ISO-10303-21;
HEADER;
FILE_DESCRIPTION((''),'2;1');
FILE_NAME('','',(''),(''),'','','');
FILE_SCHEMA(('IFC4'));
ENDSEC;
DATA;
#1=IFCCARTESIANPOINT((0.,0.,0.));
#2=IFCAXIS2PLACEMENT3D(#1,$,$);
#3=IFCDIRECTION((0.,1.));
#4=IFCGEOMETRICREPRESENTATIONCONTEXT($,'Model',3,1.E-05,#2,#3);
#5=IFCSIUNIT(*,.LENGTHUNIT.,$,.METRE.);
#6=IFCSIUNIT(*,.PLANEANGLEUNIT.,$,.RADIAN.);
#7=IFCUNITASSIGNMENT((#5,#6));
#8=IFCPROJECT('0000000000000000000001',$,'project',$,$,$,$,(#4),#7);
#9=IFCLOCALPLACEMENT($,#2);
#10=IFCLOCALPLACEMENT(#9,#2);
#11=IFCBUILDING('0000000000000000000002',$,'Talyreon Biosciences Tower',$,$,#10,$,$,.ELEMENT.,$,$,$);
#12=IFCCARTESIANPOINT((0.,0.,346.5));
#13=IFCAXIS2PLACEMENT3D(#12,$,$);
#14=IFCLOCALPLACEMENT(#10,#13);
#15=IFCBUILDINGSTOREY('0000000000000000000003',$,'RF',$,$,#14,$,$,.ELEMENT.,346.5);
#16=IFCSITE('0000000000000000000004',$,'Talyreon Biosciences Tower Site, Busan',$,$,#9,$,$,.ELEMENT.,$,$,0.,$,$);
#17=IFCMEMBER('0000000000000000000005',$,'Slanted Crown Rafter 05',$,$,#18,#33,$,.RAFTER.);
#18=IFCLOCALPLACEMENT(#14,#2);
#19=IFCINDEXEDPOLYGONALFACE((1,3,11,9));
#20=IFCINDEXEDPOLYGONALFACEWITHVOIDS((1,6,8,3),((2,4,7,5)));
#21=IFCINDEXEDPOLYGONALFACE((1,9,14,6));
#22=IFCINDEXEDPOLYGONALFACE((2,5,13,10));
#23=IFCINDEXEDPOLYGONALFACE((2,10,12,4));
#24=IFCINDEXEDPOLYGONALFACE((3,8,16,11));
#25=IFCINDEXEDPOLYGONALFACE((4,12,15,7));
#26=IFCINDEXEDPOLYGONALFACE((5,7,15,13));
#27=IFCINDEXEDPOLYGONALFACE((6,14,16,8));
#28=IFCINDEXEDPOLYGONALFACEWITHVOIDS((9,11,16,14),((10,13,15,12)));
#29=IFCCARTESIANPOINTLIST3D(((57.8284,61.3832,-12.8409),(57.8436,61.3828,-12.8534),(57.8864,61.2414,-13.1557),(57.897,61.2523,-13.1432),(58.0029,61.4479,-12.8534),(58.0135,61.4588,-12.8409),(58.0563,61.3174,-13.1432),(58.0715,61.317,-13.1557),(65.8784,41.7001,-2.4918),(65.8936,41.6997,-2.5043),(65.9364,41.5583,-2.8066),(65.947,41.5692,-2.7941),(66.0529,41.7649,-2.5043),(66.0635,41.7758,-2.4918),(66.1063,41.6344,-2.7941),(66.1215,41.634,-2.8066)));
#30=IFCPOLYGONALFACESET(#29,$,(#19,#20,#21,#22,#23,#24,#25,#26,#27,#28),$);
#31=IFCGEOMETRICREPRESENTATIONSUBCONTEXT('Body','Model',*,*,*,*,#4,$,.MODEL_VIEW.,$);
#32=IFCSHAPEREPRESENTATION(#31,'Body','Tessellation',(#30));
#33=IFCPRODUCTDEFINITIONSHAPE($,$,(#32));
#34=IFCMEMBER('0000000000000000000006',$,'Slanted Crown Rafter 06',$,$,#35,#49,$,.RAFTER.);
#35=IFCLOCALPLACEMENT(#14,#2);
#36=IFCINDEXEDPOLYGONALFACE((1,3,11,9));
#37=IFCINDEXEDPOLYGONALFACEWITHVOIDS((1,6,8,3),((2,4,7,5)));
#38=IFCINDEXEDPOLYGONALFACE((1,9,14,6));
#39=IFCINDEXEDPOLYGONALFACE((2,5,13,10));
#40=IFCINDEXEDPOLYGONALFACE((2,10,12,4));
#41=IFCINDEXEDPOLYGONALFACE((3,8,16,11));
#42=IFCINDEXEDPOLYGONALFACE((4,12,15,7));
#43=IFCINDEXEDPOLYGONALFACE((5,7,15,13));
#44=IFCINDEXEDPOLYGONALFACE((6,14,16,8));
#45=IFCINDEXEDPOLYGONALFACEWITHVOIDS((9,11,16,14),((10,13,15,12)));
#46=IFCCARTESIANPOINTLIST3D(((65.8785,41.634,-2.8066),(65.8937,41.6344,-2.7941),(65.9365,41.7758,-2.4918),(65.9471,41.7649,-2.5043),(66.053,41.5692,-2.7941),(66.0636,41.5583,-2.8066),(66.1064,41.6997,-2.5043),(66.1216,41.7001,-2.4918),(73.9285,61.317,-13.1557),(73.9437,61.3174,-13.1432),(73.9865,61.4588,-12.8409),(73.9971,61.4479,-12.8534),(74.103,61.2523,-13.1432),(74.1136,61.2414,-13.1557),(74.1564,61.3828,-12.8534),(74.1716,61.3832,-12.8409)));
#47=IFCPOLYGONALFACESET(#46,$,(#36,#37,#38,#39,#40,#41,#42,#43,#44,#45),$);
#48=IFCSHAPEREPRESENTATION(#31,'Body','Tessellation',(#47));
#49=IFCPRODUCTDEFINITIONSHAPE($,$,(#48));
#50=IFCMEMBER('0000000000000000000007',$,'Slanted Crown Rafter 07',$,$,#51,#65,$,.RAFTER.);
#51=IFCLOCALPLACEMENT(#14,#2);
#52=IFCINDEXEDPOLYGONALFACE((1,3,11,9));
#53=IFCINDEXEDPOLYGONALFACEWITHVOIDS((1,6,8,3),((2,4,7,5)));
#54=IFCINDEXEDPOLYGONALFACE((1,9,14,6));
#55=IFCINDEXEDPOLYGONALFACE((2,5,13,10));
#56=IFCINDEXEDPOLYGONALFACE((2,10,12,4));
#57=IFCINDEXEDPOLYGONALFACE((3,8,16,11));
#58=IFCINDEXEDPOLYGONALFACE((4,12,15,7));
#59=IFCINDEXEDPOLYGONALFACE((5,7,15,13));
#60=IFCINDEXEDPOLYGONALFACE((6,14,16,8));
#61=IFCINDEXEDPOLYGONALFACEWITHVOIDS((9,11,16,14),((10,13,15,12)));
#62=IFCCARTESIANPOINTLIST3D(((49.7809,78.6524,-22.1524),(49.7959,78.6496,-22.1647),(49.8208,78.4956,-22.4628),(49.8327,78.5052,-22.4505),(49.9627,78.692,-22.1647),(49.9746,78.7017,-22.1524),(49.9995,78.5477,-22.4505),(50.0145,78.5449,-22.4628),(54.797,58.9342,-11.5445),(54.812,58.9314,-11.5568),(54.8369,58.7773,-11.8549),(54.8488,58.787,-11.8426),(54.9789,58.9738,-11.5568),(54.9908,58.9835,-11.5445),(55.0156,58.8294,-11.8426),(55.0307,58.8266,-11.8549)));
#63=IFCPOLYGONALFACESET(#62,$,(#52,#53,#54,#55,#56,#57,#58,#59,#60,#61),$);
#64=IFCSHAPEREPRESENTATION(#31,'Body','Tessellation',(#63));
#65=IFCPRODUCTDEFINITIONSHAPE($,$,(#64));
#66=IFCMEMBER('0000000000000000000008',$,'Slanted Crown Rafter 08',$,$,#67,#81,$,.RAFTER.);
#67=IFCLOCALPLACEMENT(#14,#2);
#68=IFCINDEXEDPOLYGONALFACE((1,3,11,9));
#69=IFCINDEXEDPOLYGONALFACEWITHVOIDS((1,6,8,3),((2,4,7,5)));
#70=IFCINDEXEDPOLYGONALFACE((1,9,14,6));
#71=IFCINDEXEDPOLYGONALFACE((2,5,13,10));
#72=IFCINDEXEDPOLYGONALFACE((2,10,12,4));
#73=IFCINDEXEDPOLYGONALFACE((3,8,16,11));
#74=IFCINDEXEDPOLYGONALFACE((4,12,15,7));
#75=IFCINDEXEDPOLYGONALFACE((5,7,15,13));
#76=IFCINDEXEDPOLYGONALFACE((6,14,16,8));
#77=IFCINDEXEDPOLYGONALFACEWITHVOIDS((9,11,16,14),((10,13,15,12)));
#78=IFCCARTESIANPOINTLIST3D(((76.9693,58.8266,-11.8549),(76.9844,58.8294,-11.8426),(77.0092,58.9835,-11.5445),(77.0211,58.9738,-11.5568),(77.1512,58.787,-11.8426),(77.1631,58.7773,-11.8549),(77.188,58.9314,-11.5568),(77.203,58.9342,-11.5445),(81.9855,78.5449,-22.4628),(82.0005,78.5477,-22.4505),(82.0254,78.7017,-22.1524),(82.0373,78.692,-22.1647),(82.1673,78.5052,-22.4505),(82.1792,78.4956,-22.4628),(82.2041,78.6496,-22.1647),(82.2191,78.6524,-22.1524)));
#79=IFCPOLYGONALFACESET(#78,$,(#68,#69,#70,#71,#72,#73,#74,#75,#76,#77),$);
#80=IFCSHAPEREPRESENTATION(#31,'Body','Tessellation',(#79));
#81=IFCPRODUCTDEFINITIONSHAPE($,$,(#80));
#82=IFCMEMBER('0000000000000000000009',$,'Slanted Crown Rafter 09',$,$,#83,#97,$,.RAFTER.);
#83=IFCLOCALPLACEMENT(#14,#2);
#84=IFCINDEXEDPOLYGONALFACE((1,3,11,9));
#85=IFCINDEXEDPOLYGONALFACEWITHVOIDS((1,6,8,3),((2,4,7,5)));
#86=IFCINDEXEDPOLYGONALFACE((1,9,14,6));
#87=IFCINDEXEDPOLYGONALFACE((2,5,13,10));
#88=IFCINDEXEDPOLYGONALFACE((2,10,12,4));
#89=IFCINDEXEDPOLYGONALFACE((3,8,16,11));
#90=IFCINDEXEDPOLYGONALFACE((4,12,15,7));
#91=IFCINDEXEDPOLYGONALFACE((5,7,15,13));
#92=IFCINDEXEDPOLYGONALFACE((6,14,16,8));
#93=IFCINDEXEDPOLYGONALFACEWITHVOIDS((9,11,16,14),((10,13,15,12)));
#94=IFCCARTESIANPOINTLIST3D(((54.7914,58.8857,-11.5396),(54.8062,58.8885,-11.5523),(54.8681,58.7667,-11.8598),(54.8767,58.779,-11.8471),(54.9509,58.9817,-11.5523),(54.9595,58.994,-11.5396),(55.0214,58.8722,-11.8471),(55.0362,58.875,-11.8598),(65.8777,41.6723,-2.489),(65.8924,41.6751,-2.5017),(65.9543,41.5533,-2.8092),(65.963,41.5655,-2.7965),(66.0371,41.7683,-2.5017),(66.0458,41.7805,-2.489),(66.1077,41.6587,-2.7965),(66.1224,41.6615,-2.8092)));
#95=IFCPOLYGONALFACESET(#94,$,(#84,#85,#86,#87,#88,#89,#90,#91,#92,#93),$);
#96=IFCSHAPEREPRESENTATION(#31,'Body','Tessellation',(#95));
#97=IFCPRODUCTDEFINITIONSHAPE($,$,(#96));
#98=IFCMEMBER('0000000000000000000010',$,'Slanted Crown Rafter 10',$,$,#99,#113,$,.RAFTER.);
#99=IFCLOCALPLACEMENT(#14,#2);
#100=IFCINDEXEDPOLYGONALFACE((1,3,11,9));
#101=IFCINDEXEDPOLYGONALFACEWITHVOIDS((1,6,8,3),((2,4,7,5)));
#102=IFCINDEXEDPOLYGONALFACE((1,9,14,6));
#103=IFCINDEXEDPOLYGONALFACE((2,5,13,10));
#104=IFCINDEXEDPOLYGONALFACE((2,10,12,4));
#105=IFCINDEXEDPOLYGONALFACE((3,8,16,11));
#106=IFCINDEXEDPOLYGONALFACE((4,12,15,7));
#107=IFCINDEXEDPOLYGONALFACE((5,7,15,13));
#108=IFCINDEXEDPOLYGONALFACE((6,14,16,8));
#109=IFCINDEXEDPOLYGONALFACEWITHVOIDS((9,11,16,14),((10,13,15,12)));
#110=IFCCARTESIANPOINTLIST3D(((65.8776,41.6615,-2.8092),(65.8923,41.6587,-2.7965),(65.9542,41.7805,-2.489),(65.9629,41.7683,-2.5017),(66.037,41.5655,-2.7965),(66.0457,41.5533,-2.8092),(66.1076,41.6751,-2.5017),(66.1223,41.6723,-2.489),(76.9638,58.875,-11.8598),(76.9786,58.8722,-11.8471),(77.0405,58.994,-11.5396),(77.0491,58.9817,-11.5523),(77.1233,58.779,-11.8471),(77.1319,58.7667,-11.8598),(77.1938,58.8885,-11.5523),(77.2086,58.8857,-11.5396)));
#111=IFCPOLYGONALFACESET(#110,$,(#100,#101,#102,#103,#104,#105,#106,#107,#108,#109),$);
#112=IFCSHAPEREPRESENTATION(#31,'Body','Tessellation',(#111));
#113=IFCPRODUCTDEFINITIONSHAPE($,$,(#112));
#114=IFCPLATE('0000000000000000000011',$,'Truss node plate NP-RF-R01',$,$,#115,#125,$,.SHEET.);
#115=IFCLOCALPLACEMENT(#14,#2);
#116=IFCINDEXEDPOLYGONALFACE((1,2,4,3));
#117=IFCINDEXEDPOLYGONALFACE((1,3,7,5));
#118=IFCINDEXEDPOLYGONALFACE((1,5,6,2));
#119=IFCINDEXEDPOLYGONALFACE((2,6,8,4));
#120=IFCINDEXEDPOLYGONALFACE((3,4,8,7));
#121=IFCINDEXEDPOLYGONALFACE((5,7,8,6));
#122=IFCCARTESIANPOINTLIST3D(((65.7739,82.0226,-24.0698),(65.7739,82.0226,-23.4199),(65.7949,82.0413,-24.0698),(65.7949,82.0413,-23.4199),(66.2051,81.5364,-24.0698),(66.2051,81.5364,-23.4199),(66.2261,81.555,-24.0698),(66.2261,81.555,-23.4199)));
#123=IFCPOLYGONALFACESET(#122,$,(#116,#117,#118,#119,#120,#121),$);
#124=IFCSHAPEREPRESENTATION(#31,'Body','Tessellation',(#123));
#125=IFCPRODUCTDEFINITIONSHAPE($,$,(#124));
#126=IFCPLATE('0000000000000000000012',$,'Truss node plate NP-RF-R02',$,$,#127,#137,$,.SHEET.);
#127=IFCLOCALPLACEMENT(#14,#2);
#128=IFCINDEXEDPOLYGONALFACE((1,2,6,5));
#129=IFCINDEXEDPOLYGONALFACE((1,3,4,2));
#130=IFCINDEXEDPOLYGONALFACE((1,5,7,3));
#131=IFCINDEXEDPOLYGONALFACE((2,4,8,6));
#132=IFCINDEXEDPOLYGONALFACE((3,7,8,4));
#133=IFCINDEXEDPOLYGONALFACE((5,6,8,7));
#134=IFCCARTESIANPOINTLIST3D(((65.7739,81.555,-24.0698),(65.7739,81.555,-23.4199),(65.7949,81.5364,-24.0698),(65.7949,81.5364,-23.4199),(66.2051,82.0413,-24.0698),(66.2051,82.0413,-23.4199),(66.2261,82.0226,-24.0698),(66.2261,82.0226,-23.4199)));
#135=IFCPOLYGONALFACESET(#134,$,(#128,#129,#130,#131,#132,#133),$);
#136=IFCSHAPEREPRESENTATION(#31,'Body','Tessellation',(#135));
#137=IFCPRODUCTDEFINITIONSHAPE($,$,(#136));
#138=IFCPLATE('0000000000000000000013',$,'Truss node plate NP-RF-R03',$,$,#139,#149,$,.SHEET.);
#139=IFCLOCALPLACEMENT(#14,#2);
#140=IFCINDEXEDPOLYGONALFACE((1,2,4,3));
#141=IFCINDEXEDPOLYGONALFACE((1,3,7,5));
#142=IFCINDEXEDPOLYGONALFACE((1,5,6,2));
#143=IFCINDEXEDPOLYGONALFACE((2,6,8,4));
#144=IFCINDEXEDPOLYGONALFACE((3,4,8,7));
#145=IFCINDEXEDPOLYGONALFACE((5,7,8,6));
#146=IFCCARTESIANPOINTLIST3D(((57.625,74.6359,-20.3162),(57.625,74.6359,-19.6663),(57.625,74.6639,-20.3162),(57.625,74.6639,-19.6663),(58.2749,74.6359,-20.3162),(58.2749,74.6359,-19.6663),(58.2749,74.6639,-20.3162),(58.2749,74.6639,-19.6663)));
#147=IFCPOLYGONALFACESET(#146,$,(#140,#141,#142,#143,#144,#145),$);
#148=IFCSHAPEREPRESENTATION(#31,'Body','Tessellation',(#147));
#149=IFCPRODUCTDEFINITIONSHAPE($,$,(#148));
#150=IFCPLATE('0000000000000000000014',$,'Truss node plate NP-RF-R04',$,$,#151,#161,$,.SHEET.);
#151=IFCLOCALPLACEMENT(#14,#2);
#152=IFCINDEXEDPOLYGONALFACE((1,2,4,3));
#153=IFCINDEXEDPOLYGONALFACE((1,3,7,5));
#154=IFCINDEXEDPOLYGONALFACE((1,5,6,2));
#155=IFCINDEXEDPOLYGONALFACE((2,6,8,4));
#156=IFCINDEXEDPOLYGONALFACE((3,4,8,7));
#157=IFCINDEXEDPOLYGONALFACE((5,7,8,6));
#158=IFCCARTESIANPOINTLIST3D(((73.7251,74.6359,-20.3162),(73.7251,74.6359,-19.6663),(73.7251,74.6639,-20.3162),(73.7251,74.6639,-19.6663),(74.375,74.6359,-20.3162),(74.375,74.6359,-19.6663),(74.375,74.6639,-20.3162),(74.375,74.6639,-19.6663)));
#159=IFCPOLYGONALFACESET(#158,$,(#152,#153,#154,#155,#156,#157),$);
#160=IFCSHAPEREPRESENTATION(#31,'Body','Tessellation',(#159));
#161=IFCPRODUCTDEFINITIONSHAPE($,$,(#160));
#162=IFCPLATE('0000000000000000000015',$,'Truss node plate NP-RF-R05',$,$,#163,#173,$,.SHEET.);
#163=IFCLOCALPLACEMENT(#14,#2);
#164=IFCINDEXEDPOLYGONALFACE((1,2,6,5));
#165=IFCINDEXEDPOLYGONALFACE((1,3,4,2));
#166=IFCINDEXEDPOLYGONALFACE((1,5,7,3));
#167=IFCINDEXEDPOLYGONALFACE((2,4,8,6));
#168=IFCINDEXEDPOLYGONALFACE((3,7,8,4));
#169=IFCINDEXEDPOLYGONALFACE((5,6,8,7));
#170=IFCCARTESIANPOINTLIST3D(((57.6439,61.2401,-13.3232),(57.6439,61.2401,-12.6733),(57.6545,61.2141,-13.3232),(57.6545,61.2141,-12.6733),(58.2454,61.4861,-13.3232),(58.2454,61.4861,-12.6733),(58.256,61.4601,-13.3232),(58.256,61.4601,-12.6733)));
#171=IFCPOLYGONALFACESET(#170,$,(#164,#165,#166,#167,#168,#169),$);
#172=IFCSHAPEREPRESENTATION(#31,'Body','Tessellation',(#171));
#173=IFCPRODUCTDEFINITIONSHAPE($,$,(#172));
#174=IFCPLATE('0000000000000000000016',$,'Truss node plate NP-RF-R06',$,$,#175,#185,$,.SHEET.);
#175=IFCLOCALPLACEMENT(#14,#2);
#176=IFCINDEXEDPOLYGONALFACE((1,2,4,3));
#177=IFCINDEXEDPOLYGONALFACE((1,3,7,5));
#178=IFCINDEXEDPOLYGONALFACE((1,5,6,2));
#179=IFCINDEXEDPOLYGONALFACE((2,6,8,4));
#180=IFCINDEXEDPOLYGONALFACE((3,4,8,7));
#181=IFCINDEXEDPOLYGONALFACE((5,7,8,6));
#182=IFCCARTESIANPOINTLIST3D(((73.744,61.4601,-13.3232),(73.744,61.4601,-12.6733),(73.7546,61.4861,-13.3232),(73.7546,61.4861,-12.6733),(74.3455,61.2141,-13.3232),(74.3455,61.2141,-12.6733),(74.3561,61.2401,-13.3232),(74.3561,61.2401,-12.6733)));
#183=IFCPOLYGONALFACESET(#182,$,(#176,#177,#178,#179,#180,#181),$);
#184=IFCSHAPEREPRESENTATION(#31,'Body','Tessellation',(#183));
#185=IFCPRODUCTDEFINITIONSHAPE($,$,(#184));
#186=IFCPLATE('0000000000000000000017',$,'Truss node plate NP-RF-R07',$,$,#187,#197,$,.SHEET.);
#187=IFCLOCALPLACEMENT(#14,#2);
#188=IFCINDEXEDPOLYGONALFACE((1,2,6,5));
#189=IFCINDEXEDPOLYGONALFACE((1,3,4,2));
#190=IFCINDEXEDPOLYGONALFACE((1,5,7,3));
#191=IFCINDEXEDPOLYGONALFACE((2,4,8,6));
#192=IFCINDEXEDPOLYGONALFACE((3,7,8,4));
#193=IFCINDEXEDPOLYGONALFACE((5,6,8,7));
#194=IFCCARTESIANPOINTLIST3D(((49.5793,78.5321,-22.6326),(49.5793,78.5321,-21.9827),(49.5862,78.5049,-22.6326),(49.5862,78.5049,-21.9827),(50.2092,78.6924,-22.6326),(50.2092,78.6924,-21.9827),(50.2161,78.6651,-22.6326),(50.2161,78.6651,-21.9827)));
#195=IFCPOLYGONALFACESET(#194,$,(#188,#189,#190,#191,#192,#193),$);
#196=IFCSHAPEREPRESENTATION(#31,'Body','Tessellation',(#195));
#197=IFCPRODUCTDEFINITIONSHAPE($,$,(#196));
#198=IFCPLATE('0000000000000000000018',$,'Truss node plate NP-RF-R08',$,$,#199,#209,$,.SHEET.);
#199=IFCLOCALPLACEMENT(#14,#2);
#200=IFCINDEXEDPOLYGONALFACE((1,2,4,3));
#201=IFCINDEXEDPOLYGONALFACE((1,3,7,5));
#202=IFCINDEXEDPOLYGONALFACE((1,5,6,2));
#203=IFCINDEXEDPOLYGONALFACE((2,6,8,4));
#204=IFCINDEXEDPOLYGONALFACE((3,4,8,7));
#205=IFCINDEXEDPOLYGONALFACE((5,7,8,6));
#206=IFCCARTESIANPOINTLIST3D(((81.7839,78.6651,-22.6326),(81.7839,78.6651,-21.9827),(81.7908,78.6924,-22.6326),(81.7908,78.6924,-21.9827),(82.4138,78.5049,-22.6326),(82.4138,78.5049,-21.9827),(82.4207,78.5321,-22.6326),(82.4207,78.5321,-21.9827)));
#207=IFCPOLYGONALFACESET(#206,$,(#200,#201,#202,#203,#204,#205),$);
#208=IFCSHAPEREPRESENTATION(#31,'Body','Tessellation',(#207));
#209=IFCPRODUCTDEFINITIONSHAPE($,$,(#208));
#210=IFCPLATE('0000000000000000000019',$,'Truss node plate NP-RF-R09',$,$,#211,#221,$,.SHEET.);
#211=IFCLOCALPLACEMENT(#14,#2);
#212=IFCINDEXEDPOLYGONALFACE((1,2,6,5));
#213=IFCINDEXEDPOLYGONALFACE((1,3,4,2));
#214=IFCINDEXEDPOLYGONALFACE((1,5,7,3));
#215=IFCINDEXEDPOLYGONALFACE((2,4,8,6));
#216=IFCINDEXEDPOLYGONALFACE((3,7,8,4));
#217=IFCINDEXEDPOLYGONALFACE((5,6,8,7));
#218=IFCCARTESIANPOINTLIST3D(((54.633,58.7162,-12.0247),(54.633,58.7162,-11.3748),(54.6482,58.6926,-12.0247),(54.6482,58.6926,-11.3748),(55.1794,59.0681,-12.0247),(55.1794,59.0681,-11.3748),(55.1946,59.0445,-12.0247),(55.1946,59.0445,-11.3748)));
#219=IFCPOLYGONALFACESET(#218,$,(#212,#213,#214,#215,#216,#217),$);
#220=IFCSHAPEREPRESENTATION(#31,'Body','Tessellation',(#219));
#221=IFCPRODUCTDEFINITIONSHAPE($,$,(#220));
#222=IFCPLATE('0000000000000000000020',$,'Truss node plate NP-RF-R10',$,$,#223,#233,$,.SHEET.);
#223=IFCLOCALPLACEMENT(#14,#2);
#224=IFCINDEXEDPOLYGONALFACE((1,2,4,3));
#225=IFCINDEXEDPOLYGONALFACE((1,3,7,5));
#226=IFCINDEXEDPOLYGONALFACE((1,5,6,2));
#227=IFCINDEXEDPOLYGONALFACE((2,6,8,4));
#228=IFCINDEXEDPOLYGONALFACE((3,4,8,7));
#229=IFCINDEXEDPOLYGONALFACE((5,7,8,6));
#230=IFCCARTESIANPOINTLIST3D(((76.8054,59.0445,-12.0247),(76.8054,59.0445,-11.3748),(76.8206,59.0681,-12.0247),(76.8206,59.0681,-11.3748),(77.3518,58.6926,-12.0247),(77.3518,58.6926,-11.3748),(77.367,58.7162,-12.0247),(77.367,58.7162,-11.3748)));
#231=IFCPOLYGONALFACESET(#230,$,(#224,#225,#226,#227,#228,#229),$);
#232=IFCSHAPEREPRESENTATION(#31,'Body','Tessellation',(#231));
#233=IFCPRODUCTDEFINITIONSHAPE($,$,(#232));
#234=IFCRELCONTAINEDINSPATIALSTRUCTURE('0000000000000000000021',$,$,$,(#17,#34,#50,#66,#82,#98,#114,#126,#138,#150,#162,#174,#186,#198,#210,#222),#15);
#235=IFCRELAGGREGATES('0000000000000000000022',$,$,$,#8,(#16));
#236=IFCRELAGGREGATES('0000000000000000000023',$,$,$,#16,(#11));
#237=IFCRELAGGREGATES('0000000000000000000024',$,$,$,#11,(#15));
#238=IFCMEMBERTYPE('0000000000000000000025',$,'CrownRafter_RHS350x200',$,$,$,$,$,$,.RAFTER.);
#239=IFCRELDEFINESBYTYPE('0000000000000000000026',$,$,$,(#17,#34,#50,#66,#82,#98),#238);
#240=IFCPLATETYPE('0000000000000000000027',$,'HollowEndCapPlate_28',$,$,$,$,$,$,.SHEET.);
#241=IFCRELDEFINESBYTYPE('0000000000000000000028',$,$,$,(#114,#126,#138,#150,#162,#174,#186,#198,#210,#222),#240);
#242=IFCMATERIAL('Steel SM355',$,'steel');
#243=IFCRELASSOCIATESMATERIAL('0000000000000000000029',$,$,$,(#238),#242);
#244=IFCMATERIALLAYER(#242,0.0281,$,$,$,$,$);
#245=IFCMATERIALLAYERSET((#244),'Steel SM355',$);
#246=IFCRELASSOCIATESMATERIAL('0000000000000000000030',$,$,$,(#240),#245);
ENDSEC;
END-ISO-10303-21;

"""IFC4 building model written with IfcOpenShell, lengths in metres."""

from ifc_helpers import new_model, si_unit, direction, frame, origin, origin_2d, place, context, subcontext, project, spatial, rectangle, hollow_rectangle, extrude, material, layer, layer_set, material_profile, profile_set, type_object, element, save


model = new_model("IFC4")

# Units and contexts
model_context = context("Model", 3, precision=1e-05, world=origin(), true_north=direction((0.0, 1.0)))
body_context = subcontext(model_context, "Body", "Model", "MODEL_VIEW")
ifc_project = project(units=[si_unit("LENGTHUNIT", "METRE"), si_unit("PLANEANGLEUNIT", "RADIAN")], contexts=[model_context])

# Site, building, storey
site_placement = place(None, origin())
site = spatial("IfcSite", under=ifc_project, at=site_placement, Name="Talyreon Biosciences Tower Site, Busan", CompositionType="ELEMENT", RefElevation=0.0)
building_placement = place(site_placement, origin())
building = spatial("IfcBuilding", under=site, at=building_placement, Name="Talyreon Biosciences Tower", CompositionType="ELEMENT")
storey_placement = place(building_placement, frame((0.0, 0.0, 346.5)))
storey = spatial("IfcBuildingStorey", under=building, at=storey_placement, Name="RF", CompositionType="ELEMENT", Elevation=346.5)

# Members
ifc_material_1 = material(Name="Steel SM355", Category="steel")
ifc_material_profile_1 = material_profile(ifc_material_1, hollow_rectangle(XDim=0.2, YDim=0.3501, WallThickness=0.0139, at=origin_2d()), Name="RHS 350x200x14")
ifc_profile_set_1 = profile_set([ifc_material_profile_1], Name="Steel SM355")
member_type_1 = type_object("IfcMemberType", Name="CrownRafter_RHS350x200", PredefinedType="RAFTER", material=ifc_profile_set_1)
for number, where, z_axis, x_axis, name in (
    (1, (57.95, 61.3501, -12.9983), (0.34038, -0.832259, 0.437591), (0.925582, 0.378547, 0.0), "Slanted Crown Rafter 05"),
    (2, (74.05, 61.3501, -12.9983), (-0.34038, -0.832259, 0.437591), (0.925582, -0.378547, 0.0), "Slanted Crown Rafter 06"),
):
    element("IfcMember", number, at=place(storey_placement, frame(where, z_axis=z_axis, x_axis=x_axis)), inside=storey, type_object=member_type_1, Name=name, PredefinedType="RAFTER", context=body_context, shape_type="SweptSolid", body=[
        extrude(hollow_rectangle(XDim=0.2, YDim=0.3501, WallThickness=0.0139, at=origin_2d()), origin(), (0.0, 0.0, 1.0), 23.6501),
    ])
for number, where, z_axis, x_axis, name in (
    (3, (49.8977, 78.5986, -22.3076), (0.218609, -0.85935, 0.462308), (0.969133, 0.246537, 0.0), "Slanted Crown Rafter 07"),
    (4, (82.1023, 78.5986, -22.3076), (-0.218609, -0.85935, 0.462308), (0.969133, -0.246537, 0.0), "Slanted Crown Rafter 08"),
):
    element("IfcMember", number, at=place(storey_placement, frame(where, z_axis=z_axis, x_axis=x_axis)), inside=storey, type_object=member_type_1, Name=name, PredefinedType="RAFTER", context=body_context, shape_type="SweptSolid", body=[
        extrude(hollow_rectangle(XDim=0.2, YDim=0.3501, WallThickness=0.0139, at=origin_2d()), origin(), (0.0, 0.0, 1.0), 22.9456),
    ])
for number, where, z_axis, x_axis, name in (
    (5, (54.9138, 58.8804, -11.6997), (0.495237, -0.768948, 0.404301), (0.840724, 0.541464, 0.0), "Slanted Crown Rafter 09"),
    (6, (77.0862, 58.8804, -11.6997), (-0.495237, -0.768948, 0.404301), (0.840724, -0.541464, 0.0), "Slanted Crown Rafter 10"),
):
    element("IfcMember", number, at=place(storey_placement, frame(where, z_axis=z_axis, x_axis=x_axis)), inside=storey, type_object=member_type_1, Name=name, PredefinedType="RAFTER", context=body_context, shape_type="SweptSolid", body=[
        extrude(hollow_rectangle(XDim=0.2, YDim=0.3501, WallThickness=0.0139, at=origin_2d()), origin(), (0.0, 0.0, 1.0), 22.3857),
    ])

# Plates
ifc_layer_1 = layer(ifc_material_1, 0.0281)
ifc_layer_set_1 = layer_set([ifc_layer_1], Name="Steel SM355")
plate_type = type_object("IfcPlateType", Name="HollowEndCapPlate_28", PredefinedType="SHEET", material=ifc_layer_set_1)
for number, where, z_axis, x_axis, name in (
    (7, (66.0, 81.7888, -24.0698), (0.0, 0.0, 1.0), (0.663495, -0.74818, 0.0), "Truss node plate NP-RF-R01"),
    (8, (66.0, 81.7888, -24.0698), (0.0, 0.0, 1.0), (0.663495, 0.74818, 0.0), "Truss node plate NP-RF-R02"),
    (9, (57.95, 74.6499, -20.3162), (0.0, 0.0, 1.0), (1.0, 0.0, 0.0), "Truss node plate NP-RF-R03"),
    (10, (74.05, 74.6499, -20.3162), (0.0, 0.0, 1.0), (1.0, 0.0, 0.0), "Truss node plate NP-RF-R04"),
    (11, (57.95, 61.3501, -13.3232), (0.0, 0.0, 1.0), (0.92558, 0.378552, 0.0), "Truss node plate NP-RF-R05"),
    (12, (74.05, 61.3501, -13.3232), (0.0, 0.0, 1.0), (0.92558, -0.378552, 0.0), "Truss node plate NP-RF-R06"),
    (13, (49.8977, 78.5986, -22.6326), (0.0, 0.0, 1.0), (0.969132, 0.246542, 0.0), "Truss node plate NP-RF-R07"),
    (14, (82.1023, 78.5986, -22.6326), (0.0, 0.0, 1.0), (0.969132, -0.246542, 0.0), "Truss node plate NP-RF-R08"),
    (15, (54.9138, 58.8804, -12.0247), (0.0, 0.0, 1.0), (0.840727, 0.541459, 0.0), "Truss node plate NP-RF-R09"),
    (16, (77.0862, 58.8804, -12.0247), (0.0, 0.0, 1.0), (0.840727, -0.541459, 0.0), "Truss node plate NP-RF-R10"),
):
    element("IfcPlate", number, at=place(storey_placement, frame(where, z_axis=z_axis, x_axis=x_axis)), inside=storey, type_object=plate_type, Name=name, PredefinedType="SHEET", context=body_context, shape_type="SweptSolid", body=[
        extrude(rectangle(XDim=0.6499, YDim=0.0281, at=origin_2d()), origin(), (0.0, 0.0, 1.0), 0.6499),
    ])

save(model, "model.ifc")
